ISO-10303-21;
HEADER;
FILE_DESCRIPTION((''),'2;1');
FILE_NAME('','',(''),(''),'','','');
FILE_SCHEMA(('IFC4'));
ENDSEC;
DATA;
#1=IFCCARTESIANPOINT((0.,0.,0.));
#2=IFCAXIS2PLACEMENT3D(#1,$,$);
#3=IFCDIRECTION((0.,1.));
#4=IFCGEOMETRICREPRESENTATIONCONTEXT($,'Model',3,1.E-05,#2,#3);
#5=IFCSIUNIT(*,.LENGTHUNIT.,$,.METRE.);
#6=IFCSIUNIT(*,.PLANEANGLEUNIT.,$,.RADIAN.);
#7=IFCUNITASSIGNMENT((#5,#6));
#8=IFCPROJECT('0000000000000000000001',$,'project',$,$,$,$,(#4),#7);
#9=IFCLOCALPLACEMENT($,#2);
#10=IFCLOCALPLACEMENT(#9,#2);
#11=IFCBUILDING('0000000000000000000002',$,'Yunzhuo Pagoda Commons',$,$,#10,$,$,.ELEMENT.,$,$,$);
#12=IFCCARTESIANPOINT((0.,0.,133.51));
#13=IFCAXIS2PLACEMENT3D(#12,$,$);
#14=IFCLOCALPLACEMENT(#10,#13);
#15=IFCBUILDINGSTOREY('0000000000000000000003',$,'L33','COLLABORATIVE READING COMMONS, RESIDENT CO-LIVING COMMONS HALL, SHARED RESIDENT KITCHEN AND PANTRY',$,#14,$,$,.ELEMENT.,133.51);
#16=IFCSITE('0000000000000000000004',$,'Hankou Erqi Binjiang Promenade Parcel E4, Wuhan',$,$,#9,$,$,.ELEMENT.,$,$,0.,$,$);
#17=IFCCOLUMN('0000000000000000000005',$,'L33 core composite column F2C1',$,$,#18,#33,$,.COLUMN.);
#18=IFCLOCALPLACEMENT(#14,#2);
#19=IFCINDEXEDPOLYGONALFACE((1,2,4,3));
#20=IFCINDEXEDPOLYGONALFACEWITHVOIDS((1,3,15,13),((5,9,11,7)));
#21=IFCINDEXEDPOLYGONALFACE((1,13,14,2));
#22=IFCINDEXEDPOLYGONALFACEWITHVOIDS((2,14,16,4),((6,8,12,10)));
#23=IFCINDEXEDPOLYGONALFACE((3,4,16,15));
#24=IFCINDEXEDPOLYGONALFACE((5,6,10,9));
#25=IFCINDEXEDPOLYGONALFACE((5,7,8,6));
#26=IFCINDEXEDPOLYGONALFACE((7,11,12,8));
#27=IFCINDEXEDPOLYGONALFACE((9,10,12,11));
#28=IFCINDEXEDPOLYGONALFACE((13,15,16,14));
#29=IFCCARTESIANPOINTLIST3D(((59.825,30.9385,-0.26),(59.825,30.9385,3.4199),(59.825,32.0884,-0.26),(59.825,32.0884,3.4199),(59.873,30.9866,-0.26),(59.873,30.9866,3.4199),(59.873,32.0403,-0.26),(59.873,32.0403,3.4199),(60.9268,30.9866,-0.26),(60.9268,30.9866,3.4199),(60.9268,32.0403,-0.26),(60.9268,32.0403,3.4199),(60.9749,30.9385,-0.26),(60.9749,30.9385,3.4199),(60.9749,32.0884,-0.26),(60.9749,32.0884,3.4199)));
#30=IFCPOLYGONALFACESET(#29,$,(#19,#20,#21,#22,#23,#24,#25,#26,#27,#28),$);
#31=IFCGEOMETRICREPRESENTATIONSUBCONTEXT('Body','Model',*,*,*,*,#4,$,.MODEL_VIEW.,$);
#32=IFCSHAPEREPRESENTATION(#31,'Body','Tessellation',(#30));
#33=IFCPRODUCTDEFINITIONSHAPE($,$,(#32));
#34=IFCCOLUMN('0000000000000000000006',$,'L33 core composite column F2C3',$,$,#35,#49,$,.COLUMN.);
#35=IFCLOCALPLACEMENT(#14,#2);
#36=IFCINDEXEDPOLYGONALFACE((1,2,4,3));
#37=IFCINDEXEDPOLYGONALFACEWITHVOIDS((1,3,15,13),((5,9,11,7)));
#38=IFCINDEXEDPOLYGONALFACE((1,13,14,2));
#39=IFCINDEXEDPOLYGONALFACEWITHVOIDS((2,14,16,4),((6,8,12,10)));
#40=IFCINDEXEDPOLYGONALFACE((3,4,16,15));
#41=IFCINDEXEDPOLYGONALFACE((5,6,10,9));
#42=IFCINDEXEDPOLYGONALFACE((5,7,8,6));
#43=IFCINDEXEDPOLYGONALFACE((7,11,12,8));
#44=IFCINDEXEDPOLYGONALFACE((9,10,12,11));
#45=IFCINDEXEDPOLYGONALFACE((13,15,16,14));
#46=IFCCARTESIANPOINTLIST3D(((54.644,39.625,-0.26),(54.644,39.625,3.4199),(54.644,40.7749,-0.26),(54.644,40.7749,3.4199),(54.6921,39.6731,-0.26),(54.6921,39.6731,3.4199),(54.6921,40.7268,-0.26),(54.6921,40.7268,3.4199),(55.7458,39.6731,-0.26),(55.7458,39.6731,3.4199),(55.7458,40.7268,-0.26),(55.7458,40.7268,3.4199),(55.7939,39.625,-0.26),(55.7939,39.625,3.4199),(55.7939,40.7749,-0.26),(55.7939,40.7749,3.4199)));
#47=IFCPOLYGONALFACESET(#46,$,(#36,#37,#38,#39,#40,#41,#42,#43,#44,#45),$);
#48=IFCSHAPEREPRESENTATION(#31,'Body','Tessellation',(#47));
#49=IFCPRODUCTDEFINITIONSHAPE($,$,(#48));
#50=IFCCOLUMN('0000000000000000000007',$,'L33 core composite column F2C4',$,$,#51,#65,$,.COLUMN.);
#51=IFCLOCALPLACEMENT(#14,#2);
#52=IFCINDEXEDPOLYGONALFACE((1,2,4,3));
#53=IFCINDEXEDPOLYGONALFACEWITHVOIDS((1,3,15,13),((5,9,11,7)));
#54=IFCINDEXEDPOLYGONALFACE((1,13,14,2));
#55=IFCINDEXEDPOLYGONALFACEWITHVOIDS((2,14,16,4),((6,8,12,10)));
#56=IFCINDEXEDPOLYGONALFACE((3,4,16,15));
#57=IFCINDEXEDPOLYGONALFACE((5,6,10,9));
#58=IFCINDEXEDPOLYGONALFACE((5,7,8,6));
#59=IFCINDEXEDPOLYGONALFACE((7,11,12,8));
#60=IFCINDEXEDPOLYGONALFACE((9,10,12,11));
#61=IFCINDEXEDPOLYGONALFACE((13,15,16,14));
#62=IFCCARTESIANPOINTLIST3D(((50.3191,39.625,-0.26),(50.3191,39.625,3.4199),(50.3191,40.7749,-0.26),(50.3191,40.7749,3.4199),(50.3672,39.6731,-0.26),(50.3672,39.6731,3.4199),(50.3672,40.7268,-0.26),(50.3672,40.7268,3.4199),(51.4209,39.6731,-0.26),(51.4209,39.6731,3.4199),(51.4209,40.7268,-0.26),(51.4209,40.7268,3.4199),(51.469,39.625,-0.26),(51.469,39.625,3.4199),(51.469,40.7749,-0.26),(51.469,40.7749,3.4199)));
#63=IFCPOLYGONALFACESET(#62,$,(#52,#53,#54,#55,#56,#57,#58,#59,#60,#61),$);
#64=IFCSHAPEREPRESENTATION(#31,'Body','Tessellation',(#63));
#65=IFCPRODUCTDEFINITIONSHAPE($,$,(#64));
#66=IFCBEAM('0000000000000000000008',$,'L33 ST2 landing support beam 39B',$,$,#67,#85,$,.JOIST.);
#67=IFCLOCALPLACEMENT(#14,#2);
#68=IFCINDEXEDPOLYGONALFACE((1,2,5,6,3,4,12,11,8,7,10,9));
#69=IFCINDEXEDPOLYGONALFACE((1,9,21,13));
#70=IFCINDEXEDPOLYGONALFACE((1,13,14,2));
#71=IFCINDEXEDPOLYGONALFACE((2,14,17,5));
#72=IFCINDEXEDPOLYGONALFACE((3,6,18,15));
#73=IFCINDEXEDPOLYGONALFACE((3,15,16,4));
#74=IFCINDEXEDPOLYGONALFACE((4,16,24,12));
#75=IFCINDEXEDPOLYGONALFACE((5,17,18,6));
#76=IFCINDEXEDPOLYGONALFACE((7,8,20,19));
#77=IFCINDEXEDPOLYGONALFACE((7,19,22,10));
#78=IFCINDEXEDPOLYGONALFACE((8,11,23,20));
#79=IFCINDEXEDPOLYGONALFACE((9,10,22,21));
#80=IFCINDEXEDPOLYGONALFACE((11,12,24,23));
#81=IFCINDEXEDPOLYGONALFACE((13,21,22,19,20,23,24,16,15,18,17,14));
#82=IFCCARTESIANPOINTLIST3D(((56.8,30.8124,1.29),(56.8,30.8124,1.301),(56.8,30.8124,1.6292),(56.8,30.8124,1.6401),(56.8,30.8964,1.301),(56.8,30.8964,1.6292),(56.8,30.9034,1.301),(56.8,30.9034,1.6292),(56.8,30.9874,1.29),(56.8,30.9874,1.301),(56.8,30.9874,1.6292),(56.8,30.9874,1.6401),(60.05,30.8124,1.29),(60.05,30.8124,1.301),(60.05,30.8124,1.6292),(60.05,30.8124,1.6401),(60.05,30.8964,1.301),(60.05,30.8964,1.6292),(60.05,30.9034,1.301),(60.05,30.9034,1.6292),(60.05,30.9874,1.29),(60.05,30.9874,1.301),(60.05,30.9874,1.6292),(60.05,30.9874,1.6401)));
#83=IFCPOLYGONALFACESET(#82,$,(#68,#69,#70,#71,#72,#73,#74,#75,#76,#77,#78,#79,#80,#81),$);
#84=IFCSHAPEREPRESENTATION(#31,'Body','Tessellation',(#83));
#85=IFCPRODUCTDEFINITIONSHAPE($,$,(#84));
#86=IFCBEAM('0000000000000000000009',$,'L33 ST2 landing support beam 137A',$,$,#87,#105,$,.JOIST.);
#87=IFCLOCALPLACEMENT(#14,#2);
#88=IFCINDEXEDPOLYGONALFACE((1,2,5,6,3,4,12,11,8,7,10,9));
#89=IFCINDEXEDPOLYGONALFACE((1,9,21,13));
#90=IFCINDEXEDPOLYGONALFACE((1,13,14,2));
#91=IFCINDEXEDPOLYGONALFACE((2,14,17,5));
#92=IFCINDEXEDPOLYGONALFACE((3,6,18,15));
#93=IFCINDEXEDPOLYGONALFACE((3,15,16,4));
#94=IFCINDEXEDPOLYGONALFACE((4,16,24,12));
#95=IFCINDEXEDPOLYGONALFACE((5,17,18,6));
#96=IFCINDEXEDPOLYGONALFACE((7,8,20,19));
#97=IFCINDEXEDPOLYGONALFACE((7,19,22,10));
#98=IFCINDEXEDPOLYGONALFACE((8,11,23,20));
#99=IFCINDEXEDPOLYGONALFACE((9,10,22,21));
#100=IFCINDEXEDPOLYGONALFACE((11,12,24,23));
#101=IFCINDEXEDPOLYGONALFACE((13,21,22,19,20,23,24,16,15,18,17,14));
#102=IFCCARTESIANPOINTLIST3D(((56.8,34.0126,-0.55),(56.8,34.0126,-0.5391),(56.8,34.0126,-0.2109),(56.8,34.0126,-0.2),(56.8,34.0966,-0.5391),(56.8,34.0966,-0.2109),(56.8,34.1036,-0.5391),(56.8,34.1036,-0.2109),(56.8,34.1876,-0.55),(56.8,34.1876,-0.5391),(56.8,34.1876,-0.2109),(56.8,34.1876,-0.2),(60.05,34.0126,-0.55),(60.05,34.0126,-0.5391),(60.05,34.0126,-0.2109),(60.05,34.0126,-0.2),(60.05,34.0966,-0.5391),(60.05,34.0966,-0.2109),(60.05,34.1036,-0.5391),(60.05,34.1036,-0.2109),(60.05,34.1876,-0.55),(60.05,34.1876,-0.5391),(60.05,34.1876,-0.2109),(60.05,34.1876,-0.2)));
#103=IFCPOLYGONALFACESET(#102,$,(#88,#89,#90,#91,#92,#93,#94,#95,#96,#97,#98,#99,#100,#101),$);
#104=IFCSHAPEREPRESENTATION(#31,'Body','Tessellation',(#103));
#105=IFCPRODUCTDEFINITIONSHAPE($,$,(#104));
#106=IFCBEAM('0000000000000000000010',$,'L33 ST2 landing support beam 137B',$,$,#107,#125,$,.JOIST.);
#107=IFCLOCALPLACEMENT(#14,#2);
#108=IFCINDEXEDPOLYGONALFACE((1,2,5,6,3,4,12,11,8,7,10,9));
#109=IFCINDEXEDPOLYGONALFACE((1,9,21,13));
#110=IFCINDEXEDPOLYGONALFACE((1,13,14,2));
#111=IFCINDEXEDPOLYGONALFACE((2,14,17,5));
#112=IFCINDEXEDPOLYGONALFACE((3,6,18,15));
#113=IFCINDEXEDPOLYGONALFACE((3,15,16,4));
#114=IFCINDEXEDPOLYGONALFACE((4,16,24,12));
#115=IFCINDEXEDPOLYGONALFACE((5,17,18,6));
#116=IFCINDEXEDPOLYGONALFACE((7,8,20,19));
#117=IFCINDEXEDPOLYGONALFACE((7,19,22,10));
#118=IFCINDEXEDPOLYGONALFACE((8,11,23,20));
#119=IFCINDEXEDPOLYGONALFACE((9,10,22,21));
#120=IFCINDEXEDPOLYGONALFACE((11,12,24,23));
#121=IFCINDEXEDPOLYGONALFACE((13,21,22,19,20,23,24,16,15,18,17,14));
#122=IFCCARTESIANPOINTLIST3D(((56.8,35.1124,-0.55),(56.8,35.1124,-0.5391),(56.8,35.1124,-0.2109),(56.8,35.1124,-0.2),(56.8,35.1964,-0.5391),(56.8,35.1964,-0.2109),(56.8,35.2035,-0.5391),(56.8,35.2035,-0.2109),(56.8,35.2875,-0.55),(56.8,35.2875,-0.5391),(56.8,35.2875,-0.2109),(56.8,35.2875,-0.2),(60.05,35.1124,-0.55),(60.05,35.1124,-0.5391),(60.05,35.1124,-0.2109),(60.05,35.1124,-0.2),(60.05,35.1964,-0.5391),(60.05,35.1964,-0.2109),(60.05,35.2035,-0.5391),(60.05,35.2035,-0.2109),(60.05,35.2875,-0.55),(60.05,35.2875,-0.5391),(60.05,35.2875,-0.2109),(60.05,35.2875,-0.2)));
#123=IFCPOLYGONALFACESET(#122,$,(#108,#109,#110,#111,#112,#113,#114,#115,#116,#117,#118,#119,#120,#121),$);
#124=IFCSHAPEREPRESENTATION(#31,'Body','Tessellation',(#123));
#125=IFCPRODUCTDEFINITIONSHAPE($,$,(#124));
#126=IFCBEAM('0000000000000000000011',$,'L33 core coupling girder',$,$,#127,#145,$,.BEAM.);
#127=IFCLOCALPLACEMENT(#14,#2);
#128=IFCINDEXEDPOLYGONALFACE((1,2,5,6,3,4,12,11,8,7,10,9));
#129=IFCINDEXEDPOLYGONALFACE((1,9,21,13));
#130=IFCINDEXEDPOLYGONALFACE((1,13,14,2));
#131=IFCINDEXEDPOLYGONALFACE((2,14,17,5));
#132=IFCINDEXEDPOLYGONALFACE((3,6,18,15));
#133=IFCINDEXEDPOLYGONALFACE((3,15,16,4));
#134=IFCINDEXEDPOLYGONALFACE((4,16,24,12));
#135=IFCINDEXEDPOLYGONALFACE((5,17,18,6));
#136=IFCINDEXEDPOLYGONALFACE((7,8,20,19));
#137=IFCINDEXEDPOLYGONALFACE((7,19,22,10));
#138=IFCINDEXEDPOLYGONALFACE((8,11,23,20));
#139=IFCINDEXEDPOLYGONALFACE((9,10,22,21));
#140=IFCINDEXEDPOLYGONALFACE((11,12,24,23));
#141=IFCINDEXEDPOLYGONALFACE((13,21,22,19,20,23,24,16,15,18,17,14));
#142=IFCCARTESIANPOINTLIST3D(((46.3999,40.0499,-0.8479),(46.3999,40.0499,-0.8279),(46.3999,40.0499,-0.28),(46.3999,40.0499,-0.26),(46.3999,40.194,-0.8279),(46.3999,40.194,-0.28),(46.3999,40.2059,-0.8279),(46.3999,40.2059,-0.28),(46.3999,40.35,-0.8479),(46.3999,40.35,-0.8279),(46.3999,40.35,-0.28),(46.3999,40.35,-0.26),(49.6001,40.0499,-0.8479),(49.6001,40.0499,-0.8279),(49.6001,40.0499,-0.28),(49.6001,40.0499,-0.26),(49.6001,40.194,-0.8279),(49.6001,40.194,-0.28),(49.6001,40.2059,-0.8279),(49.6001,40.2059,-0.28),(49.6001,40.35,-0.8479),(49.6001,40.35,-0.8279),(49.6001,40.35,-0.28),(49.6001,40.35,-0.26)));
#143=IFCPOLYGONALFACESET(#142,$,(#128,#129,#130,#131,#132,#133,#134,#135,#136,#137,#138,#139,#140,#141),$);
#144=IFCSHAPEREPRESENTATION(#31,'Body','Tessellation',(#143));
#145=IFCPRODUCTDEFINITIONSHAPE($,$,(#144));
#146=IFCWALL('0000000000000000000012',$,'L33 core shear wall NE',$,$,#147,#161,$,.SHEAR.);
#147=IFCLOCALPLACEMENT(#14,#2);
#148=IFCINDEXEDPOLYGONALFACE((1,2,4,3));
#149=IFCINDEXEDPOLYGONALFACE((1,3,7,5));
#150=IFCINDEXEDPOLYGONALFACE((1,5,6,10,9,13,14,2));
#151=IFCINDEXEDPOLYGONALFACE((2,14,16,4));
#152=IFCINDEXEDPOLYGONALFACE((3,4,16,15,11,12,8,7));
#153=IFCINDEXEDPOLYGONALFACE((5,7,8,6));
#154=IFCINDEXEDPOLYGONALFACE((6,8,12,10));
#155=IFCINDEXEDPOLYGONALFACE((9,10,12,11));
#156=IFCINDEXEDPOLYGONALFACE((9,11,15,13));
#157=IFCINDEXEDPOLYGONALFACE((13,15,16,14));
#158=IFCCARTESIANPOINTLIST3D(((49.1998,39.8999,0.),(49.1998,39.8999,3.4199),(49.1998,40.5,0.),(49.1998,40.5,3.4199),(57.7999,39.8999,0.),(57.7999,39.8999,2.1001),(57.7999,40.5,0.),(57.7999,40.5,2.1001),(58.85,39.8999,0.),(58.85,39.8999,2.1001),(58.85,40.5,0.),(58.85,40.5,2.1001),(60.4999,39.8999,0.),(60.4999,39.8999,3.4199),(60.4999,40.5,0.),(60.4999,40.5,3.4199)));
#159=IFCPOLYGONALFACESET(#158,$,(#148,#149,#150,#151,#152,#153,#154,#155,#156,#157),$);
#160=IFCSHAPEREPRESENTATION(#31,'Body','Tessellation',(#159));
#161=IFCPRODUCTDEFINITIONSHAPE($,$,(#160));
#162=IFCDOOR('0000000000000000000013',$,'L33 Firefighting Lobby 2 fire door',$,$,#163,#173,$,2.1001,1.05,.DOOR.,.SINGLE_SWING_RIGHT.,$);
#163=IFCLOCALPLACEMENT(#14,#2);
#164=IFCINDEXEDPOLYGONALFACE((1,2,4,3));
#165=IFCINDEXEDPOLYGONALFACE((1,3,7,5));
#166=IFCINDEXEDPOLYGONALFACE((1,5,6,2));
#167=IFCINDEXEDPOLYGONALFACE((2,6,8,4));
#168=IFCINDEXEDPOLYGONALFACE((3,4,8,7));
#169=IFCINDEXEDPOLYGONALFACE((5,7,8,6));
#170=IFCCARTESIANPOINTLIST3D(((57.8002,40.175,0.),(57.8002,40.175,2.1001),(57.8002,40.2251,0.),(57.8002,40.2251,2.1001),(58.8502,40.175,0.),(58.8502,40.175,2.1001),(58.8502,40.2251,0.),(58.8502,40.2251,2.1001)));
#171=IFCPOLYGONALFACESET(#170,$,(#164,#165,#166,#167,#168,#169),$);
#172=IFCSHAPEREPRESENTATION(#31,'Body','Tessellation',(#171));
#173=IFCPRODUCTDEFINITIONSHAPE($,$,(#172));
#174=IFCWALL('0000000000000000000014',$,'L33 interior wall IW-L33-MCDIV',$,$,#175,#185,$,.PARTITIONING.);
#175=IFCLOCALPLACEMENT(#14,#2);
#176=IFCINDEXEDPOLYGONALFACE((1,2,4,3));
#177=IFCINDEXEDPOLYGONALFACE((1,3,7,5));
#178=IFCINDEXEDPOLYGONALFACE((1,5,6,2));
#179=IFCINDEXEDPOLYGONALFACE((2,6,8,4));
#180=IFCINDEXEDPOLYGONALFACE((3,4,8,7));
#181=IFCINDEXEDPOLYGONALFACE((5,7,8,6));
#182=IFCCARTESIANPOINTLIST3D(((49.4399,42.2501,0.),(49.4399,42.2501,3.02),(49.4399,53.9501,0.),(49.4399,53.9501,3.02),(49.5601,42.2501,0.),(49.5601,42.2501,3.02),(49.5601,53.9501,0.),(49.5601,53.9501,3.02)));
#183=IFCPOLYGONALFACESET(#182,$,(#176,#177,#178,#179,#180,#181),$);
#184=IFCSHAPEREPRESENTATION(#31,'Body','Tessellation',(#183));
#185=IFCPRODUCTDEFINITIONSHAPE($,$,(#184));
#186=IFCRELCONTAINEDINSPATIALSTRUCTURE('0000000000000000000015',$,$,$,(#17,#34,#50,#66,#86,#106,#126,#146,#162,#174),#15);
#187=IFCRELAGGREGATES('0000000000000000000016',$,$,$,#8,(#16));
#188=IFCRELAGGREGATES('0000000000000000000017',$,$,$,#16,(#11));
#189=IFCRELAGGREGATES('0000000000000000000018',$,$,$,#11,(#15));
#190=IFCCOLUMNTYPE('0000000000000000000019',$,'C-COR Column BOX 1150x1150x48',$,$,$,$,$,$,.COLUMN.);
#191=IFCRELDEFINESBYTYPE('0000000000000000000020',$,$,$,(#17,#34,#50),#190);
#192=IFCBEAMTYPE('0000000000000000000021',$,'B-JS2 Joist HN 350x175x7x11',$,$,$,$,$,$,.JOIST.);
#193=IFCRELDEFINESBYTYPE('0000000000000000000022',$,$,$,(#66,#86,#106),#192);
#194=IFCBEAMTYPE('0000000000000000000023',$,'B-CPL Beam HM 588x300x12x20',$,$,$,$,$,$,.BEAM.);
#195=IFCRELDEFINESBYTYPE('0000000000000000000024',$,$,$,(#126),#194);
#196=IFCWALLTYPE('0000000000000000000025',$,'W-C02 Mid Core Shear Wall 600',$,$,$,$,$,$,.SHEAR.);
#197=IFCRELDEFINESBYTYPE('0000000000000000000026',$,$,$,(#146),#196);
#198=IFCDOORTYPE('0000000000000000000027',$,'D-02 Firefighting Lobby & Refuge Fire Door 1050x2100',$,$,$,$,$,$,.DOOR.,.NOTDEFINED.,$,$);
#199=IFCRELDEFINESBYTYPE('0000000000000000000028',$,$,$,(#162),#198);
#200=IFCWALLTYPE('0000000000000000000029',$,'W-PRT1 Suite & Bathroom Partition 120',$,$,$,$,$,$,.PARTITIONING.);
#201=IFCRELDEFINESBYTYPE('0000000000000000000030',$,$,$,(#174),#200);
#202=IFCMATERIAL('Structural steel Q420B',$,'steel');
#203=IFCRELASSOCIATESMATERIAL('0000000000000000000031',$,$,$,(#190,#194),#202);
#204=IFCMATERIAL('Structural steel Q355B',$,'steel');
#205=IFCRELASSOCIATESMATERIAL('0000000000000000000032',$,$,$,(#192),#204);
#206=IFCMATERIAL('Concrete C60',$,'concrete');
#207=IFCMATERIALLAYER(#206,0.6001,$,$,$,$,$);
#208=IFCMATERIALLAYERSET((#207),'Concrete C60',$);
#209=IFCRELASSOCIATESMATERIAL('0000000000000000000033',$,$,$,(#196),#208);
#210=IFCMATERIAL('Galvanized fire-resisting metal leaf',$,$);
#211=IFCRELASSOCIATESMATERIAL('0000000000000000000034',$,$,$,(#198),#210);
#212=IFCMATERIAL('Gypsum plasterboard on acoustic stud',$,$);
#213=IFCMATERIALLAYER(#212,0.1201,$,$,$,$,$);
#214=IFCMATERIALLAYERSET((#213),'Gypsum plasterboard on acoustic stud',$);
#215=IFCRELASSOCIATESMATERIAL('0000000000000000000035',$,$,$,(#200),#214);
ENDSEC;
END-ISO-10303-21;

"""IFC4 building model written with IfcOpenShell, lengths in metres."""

from ifc_helpers import new_model, si_unit, direction, frame, frame_2d, origin, origin_2d, place, context, subcontext, project, spatial, rectangle, hollow_rectangle, i_section, extrude, source, transform, mapped, material, layer, layer_set, material_profile, profile_set, type_object, element, fill, save


model = new_model("IFC4")

# Units and contexts
model_context = context("Model", 3, precision=1e-05, world=origin(), true_north=direction((0.0, 1.0)))
body_context = subcontext(model_context, "Body", "Model", "MODEL_VIEW")
ifc_project = project(units=[si_unit("LENGTHUNIT", "METRE"), si_unit("PLANEANGLEUNIT", "RADIAN")], contexts=[model_context])

# Site, building, storey
site_placement = place(None, origin())
site = spatial("IfcSite", under=ifc_project, at=site_placement, Name="Hankou Erqi Binjiang Promenade Parcel E4, Wuhan", CompositionType="ELEMENT", RefElevation=0.0)
building_placement = place(site_placement, origin())
building = spatial("IfcBuilding", under=site, at=building_placement, Name="Yunzhuo Pagoda Commons", CompositionType="ELEMENT")
storey_placement = place(building_placement, frame((0.0, 0.0, 133.51)))
storey = spatial("IfcBuildingStorey", under=building, at=storey_placement, Name="L33", Description="COLLABORATIVE READING COMMONS, RESIDENT CO-LIVING COMMONS HALL, SHARED RESIDENT KITCHEN AND PANTRY", CompositionType="ELEMENT", Elevation=133.51)

# Columns
ifc_material_1 = material(Name="Structural steel Q420B", Category="steel")
ifc_material_profile_1 = material_profile(ifc_material_1, hollow_rectangle(XDim=1.1499, YDim=1.1499, WallThickness=0.0481, at=origin_2d()), Name="Structural steel Q420B")
ifc_profile_set_1 = profile_set([ifc_material_profile_1], Name="Structural steel Q420B")
column_type = type_object("IfcColumnType", Name="C-COR Column BOX 1150x1150x48", PredefinedType="COLUMN", material=ifc_profile_set_1)
shared_shape_1 = source(origin(), body_context, "Body", "SweptSolid", [
    extrude(hollow_rectangle(XDim=1.1499, YDim=1.1499, WallThickness=0.0481, at=origin_2d()), origin(), (0.0, 0.0, 1.0), 3.6799),
])
for number, where, z_axis, x_axis, name in (
    (1, (60.3999, 31.5134, -0.26), (0.0, 0.0, 1.0), (1.0, 0.0, 0.0), "L33 core composite column F2C1"),
    (2, (55.219, 40.2, -0.26), (0.0, 0.0, 1.0), (1.0, 0.0, 0.0), "L33 core composite column F2C3"),
    (3, (50.894, 40.2, -0.26), (0.0, 0.0, 1.0), (1.0, 0.0, 0.0), "L33 core composite column F2C4"),
):
    element("IfcColumn", number, at=place(storey_placement, frame(where, z_axis=z_axis, x_axis=x_axis)), inside=storey, type_object=column_type, Name=name, PredefinedType="COLUMN", context=body_context, shape_type="MappedRepresentation", body=[
        mapped(shared_shape_1, transform((0.0, 0.0, 0.0), scale=1.0)),
    ])

# Beams
ifc_material_2 = material(Name="Structural steel Q355B", Category="steel")
ifc_material_profile_2 = material_profile(ifc_material_2, i_section(OverallWidth=0.175, OverallDepth=0.3501, WebThickness=0.0071, FlangeThickness=0.011, at=origin_2d()), Name="Structural steel Q355B")
ifc_profile_set_2 = profile_set([ifc_material_profile_2], Name="Structural steel Q355B")
beam_type_1 = type_object("IfcBeamType", Name="B-JS2 Joist HN 350x175x7x11", PredefinedType="JOIST", material=ifc_profile_set_2)
shared_shape_2 = source(origin(), body_context, "Body", "SweptSolid", [
    extrude(i_section(OverallWidth=0.175, OverallDepth=0.3501, WebThickness=0.0071, FlangeThickness=0.011, at=origin_2d()), origin(), (0.0, 0.0, 1.0), 3.25),
])
for number, where, z_axis, x_axis, name in (
    (4, (56.8, 30.8999, 1.4651), (1.0, 0.0, 0.0), (0.0, 1.0, 0.0), "L33 ST2 landing support beam 39B"),
    (5, (56.8, 34.1001, -0.375), (1.0, 0.0, 0.0), (0.0, 1.0, 0.0), "L33 ST2 landing support beam 137A"),
    (6, (56.8, 35.2, -0.375), (1.0, 0.0, 0.0), (0.0, 1.0, 0.0), "L33 ST2 landing support beam 137B"),
):
    element("IfcBeam", number, at=place(storey_placement, frame(where, z_axis=z_axis, x_axis=x_axis)), inside=storey, type_object=beam_type_1, Name=name, PredefinedType="JOIST", context=body_context, shape_type="MappedRepresentation", body=[
        mapped(shared_shape_2, transform((0.0, 0.0, 0.0), scale=1.0)),
    ])
ifc_material_profile_3 = material_profile(ifc_material_1, i_section(OverallWidth=0.3, OverallDepth=0.5879, WebThickness=0.012, FlangeThickness=0.02, at=origin_2d()), Name="Structural steel Q420B")
ifc_profile_set_3 = profile_set([ifc_material_profile_3], Name="Structural steel Q420B")
beam_type_2 = type_object("IfcBeamType", Name="B-CPL Beam HM 588x300x12x20", PredefinedType="BEAM", material=ifc_profile_set_3)
shared_shape_3 = source(origin(), body_context, "Body", "SweptSolid", [
    extrude(i_section(OverallWidth=0.3, OverallDepth=0.5879, WebThickness=0.012, FlangeThickness=0.02, at=origin_2d()), origin(), (0.0, 0.0, 1.0), 3.2002),
])
beam_placement = place(storey_placement, frame((46.3999, 40.2, -0.554), z_axis=(1.0, 0.0, 0.0), x_axis=(0.0, 1.0, 0.0)))
element("IfcBeam", 7, at=beam_placement, inside=storey, type_object=beam_type_2, Name="L33 core coupling girder", PredefinedType="BEAM", context=body_context, shape_type="MappedRepresentation", body=[
    mapped(shared_shape_3, transform((0.0, 0.0, 0.0), scale=1.0)),
])

# Wall, opening, door
ifc_material_3 = material(Name="Concrete C60", Category="concrete")
ifc_layer_1 = layer(ifc_material_3, 0.6001)
ifc_layer_set_1 = layer_set([ifc_layer_1], Name="Concrete C60")
wall_type_1 = type_object("IfcWallType", Name="W-C02 Mid Core Shear Wall 600", PredefinedType="SHEAR", material=ifc_layer_set_1)
wall_1_placement = place(storey_placement, frame((49.2, 40.2, 0.0), z_axis=(0.0, 0.0, 1.0), x_axis=(1.0, 0.0, 0.0)))
wall_1 = element("IfcWall", 8, at=wall_1_placement, inside=storey, type_object=wall_type_1, Name="L33 core shear wall NE", PredefinedType="SHEAR", context=body_context, shape_type="SweptSolid", body=[
    extrude(rectangle(XDim=11.3, YDim=0.6001, at=frame_2d((5.6499, 0.0))), origin(), (0.0, 0.0, 1.0), 3.4199),
])
opening_1_placement = place(wall_1_placement, frame((8.6001, 0.0, 0.0)))
opening_1 = element("IfcOpeningElement", 9, at=opening_1_placement, cuts=wall_1, PredefinedType="OPENING", context=body_context, shape_type="SweptSolid", body=[
    extrude(rectangle(XDim=1.05, YDim=2.1001, at=frame_2d((0.5249, 1.05))), frame((0.0, 0.3101, 0.0), z_axis=(0.0, -1.0, 0.0), x_axis=(1.0, 0.0, 0.0)), (0.0, 0.0, 1.0), 0.6201),
])
ifc_material_4 = material(Name="Galvanized fire-resisting metal leaf")
door_type_1 = type_object("IfcDoorType", Name="D-02 Firefighting Lobby & Refuge Fire Door 1050x2100", OperationType="NOTDEFINED", PredefinedType="DOOR", material=ifc_material_4)
shared_shape_4 = source(origin(), body_context, "Body", "SweptSolid", [
    extrude(rectangle(XDim=1.05, YDim=2.1001, at=frame_2d((0.5249, 1.05))), frame((0.0, 0.0249, 0.0), z_axis=(0.0, -1.0, 0.0), x_axis=(1.0, 0.0, 0.0)), (0.0, 0.0, 1.0), 0.05),
])
door_1_placement = place(opening_1_placement, frame((1.05, 0.0, 0.0), z_axis=(0.0, 0.0, 1.0), x_axis=(-1.0, 0.0, 0.0)))
door_1 = element("IfcDoor", 10, at=door_1_placement, inside=storey, type_object=door_type_1, Name="L33 Firefighting Lobby 2 fire door", OperationType="SINGLE_SWING_RIGHT", OverallHeight=2.1001, OverallWidth=1.05, PredefinedType="DOOR", context=body_context, shape_type="MappedRepresentation", body=[
    mapped(shared_shape_4, transform((0.0, 0.0, 0.0), scale=1.0)),
])
fill(opening_1, door_1)

# Wall
ifc_material_5 = material(Name="Gypsum plasterboard on acoustic stud")
ifc_layer_2 = layer(ifc_material_5, 0.1201)
ifc_layer_set_2 = layer_set([ifc_layer_2], Name="Gypsum plasterboard on acoustic stud")
wall_type_2 = type_object("IfcWallType", Name="W-PRT1 Suite & Bathroom Partition 120", PredefinedType="PARTITIONING", material=ifc_layer_set_2)
wall_2_placement = place(storey_placement, frame((49.5, 42.25, 0.0), z_axis=(0.0, 0.0, 1.0), x_axis=(0.0, 1.0, 0.0)))
element("IfcWall", 11, at=wall_2_placement, inside=storey, type_object=wall_type_2, Name="L33 interior wall IW-L33-MCDIV", PredefinedType="PARTITIONING", context=body_context, shape_type="SweptSolid", body=[
    extrude(rectangle(XDim=11.7, YDim=0.1201, at=frame_2d((5.8501, 0.0))), origin(), (0.0, 0.0, 1.0), 3.02),
])

save(model, "model.ifc")
